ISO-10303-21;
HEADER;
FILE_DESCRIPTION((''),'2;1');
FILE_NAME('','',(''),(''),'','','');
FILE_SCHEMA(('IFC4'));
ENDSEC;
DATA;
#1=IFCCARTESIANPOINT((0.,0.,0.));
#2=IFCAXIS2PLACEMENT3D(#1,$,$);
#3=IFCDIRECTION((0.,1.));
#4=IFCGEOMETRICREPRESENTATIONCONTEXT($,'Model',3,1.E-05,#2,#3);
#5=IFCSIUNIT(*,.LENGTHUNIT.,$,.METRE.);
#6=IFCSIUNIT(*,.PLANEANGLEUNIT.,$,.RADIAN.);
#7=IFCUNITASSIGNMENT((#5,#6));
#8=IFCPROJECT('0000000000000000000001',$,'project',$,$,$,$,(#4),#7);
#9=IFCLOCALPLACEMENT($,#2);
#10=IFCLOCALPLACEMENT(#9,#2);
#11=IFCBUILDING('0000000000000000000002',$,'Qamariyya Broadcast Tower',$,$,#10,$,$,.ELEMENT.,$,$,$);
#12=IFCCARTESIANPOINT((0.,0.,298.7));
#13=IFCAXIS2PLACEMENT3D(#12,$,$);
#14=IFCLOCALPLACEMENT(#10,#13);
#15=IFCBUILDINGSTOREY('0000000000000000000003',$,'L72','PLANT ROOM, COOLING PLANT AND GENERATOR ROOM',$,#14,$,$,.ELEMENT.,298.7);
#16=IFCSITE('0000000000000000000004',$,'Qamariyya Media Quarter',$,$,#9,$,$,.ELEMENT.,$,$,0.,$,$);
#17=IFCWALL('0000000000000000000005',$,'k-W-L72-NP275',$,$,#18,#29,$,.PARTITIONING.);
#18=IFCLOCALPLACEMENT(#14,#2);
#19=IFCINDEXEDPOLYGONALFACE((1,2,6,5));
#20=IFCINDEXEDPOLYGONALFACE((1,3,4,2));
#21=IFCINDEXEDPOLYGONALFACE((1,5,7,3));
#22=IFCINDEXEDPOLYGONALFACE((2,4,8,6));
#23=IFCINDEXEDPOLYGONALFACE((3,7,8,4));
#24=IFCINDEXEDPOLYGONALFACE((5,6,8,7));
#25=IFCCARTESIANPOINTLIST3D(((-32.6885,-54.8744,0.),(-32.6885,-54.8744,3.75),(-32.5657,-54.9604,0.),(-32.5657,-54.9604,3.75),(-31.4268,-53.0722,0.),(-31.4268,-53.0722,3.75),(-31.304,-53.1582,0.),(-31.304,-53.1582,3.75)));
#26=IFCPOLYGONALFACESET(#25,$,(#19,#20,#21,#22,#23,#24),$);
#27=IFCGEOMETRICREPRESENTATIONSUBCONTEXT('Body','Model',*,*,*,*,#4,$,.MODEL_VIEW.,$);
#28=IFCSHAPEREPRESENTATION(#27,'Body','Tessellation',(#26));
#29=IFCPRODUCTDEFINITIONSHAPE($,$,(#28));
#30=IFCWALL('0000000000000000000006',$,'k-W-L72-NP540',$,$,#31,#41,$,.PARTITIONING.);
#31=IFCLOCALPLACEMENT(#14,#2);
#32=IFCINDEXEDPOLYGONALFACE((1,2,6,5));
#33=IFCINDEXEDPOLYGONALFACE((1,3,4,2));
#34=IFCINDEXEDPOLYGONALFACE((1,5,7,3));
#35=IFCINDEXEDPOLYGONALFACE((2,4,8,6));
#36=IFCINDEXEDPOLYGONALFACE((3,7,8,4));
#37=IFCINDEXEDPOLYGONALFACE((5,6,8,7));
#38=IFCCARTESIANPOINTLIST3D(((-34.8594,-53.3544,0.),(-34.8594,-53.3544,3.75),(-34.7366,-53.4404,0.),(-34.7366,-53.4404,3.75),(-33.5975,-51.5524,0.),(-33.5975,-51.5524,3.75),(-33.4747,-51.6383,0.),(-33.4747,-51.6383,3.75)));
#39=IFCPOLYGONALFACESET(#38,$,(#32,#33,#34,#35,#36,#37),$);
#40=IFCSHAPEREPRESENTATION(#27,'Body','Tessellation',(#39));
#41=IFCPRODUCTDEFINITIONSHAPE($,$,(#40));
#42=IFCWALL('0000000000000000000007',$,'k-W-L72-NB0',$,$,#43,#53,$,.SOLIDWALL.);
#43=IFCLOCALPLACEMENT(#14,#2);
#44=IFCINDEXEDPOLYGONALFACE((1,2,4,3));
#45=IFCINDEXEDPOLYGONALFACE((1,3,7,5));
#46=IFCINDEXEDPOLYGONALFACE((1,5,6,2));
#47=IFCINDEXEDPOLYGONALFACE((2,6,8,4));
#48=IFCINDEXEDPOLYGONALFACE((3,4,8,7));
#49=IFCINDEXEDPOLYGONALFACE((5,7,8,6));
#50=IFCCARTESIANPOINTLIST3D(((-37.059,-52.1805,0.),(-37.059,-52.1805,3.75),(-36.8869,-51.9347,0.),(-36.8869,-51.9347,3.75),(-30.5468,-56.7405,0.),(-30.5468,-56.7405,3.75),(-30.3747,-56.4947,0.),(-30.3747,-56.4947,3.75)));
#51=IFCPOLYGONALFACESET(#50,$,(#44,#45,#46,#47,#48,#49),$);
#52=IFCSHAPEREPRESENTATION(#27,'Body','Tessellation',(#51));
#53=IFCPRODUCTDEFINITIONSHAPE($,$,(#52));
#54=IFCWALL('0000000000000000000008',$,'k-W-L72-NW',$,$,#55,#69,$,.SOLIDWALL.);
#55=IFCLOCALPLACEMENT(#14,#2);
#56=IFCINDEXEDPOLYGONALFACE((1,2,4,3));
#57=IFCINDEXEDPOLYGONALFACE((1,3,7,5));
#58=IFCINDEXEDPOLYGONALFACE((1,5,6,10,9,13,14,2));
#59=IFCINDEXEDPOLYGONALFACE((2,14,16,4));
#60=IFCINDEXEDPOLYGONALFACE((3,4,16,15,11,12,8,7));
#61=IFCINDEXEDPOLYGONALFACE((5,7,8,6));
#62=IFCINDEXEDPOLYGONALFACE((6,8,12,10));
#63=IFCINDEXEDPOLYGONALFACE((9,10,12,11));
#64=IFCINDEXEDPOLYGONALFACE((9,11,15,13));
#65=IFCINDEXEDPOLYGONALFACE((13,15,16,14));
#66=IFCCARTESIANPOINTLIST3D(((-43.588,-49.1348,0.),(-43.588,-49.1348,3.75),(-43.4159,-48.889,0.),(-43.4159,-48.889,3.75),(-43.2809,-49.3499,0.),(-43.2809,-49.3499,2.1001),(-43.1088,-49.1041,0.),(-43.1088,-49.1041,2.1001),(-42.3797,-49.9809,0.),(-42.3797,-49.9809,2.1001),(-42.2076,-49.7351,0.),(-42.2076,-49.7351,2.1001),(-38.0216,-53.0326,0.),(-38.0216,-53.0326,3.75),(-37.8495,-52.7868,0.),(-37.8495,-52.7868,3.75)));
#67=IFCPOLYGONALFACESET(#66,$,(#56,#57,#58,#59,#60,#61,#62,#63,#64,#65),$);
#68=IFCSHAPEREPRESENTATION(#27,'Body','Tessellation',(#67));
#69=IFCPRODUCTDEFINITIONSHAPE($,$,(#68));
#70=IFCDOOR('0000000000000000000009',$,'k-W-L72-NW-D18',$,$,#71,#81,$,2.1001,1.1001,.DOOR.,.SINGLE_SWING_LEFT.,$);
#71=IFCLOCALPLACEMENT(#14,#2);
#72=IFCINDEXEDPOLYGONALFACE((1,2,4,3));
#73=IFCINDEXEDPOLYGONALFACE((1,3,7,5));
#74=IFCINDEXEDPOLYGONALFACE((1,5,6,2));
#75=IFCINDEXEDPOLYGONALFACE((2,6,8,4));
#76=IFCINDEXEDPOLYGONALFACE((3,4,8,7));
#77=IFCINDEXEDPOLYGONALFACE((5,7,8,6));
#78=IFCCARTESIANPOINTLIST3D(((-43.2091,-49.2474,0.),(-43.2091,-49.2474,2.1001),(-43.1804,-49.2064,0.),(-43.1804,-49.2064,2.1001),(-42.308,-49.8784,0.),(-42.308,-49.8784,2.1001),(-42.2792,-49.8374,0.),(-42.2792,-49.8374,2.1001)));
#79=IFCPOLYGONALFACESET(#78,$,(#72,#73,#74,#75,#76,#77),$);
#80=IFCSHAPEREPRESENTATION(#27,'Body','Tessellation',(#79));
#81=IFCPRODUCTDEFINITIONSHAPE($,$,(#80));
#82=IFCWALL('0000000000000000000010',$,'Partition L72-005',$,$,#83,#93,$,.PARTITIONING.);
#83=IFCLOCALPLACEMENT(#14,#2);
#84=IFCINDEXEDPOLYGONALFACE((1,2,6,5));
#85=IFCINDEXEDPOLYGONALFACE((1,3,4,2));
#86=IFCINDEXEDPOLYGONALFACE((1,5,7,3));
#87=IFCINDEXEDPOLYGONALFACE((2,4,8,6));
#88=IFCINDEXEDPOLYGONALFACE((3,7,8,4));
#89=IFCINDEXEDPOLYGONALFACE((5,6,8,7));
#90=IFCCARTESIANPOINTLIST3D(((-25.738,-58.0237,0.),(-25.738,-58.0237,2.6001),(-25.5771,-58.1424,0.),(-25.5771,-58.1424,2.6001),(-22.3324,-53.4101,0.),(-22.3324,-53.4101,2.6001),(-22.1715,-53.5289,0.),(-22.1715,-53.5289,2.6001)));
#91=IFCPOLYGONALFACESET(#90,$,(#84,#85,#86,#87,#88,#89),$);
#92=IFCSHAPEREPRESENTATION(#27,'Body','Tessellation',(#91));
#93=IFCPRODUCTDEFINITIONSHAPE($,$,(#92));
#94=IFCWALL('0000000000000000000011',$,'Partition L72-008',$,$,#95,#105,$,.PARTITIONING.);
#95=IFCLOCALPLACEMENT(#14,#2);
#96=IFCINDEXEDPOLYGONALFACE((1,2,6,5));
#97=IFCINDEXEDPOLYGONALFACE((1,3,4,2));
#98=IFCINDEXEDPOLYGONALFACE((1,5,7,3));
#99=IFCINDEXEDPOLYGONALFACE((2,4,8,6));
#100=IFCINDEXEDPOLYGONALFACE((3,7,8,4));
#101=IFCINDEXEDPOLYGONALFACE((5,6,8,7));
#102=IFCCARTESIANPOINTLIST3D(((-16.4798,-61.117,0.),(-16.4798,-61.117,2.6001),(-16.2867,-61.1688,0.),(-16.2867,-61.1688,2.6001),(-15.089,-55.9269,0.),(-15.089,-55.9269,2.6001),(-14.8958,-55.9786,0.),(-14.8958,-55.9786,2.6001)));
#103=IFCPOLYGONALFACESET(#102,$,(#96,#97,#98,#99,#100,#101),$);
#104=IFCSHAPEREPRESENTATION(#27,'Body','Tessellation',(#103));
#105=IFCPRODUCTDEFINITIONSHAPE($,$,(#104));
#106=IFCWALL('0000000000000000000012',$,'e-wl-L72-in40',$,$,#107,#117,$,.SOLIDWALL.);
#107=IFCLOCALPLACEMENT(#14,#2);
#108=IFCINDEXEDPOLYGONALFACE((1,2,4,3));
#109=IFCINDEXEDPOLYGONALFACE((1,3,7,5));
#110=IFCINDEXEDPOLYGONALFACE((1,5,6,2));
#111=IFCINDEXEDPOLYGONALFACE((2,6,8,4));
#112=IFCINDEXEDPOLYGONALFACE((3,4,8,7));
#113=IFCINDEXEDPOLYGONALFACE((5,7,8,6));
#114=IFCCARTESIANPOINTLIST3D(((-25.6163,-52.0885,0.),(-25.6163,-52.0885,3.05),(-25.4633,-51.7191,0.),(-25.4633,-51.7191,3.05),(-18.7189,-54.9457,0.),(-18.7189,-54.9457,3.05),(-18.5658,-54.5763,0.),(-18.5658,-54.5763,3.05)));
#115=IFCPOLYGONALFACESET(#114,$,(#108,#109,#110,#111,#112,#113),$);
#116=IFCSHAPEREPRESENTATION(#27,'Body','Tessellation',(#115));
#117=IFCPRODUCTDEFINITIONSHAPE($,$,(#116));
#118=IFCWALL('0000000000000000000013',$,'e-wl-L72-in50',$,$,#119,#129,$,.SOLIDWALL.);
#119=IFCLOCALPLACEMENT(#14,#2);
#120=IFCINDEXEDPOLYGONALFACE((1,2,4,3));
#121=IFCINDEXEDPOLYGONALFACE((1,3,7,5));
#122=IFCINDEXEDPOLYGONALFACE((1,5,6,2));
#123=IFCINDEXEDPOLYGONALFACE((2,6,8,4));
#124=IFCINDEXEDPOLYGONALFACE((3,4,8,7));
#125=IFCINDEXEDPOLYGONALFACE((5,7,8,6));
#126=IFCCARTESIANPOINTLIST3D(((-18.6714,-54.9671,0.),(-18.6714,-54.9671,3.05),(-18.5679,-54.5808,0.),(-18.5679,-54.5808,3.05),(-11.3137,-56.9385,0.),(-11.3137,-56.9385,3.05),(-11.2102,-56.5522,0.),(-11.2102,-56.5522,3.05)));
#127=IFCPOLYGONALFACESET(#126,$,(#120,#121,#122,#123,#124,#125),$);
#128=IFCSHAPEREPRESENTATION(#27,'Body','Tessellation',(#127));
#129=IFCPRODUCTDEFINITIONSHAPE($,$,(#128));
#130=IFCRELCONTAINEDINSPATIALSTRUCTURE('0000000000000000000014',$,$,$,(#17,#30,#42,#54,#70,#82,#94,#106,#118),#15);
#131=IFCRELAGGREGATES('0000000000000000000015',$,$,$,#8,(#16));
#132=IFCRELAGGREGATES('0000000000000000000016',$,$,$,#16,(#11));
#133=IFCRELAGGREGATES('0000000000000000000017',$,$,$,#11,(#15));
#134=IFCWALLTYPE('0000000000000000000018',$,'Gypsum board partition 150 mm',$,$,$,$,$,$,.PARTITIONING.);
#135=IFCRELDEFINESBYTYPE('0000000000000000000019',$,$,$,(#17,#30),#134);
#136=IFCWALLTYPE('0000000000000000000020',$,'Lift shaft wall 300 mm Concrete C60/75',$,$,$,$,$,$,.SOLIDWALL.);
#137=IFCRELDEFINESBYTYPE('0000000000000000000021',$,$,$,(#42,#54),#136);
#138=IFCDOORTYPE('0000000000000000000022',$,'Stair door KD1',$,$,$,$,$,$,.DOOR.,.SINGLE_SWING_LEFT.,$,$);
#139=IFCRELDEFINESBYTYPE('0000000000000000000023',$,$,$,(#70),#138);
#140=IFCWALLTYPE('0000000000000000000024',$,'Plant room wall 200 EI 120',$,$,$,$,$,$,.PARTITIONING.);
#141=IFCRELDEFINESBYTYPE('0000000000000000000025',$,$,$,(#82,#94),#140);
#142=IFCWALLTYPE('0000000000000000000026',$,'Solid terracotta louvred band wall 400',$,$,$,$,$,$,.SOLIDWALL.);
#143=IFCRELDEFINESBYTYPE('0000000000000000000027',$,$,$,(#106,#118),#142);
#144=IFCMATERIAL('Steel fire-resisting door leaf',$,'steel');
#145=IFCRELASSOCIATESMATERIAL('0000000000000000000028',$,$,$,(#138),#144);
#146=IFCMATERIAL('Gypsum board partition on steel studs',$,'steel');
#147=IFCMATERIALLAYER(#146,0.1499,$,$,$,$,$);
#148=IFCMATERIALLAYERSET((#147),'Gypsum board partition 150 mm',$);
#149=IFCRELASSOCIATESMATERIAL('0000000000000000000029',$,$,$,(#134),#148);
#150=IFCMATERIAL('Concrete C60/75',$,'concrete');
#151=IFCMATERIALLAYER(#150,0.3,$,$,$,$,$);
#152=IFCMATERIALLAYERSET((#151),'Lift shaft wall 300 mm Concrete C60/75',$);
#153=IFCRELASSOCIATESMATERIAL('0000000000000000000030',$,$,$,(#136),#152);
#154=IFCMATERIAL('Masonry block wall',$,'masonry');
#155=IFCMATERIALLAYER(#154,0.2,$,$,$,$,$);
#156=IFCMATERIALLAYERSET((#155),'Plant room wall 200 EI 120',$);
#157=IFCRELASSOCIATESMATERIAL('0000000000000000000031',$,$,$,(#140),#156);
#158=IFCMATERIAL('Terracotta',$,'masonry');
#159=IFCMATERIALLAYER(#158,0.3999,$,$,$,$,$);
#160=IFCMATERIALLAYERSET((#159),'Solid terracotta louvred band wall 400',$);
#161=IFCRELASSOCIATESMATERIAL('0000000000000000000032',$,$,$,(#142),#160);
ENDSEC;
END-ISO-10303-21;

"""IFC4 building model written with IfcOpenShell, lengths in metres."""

from ifc_helpers import new_model, si_unit, direction, frame, frame_2d, origin, place, context, subcontext, project, spatial, rectangle, extrude, material, layer, layer_set, type_object, element, fill, save


model = new_model("IFC4")

# Units and contexts
model_context = context("Model", 3, precision=1e-05, world=origin(), true_north=direction((0.0, 1.0)))
body_context = subcontext(model_context, "Body", "Model", "MODEL_VIEW")
ifc_project = project(units=[si_unit("LENGTHUNIT", "METRE"), si_unit("PLANEANGLEUNIT", "RADIAN")], contexts=[model_context])

# Site, building, storey
site_placement = place(None, origin())
site = spatial("IfcSite", under=ifc_project, at=site_placement, Name="Qamariyya Media Quarter", CompositionType="ELEMENT", RefElevation=0.0)
building_placement = place(site_placement, origin())
building = spatial("IfcBuilding", under=site, at=building_placement, Name="Qamariyya Broadcast Tower", CompositionType="ELEMENT")
storey_placement = place(building_placement, frame((0.0, 0.0, 298.7)))
storey = spatial("IfcBuildingStorey", under=building, at=storey_placement, Name="L72", Description="PLANT ROOM, COOLING PLANT AND GENERATOR ROOM", CompositionType="ELEMENT", Elevation=298.7)

# Shared definitions
ifc_material_1 = material(Name="Concrete C60/75", Category="concrete")
ifc_material_2 = material(Name="Steel fire-resisting door leaf", Category="steel")
door_type_1 = type_object("IfcDoorType", Name="Stair door KD1", OperationType="SINGLE_SWING_LEFT", PredefinedType="DOOR", material=ifc_material_2)

# Walls
ifc_material_3 = material(Name="Gypsum board partition on steel studs", Category="steel")
ifc_layer_1 = layer(ifc_material_3, 0.1499)
ifc_layer_set_1 = layer_set([ifc_layer_1], Name="Gypsum board partition 150 mm")
wall_type_1 = type_object("IfcWallType", Name="Gypsum board partition 150 mm", PredefinedType="PARTITIONING", material=ifc_layer_set_1)
for number, where, z_axis, x_axis, name in (
    (1, (-32.6272, -54.9175, 0.0), (0.0, 0.0, 1.0), (0.573507, 0.819201, 0.0), "k-W-L72-NP275"),
    (2, (-34.7981, -53.3975, 0.0), (0.0, 0.0, 1.0), (0.573634, 0.819112, 0.0), "k-W-L72-NP540"),
):
    element("IfcWall", number, at=place(storey_placement, frame(where, z_axis=z_axis, x_axis=x_axis)), inside=storey, type_object=wall_type_1, Name=name, PredefinedType="PARTITIONING", context=body_context, shape_type="SweptSolid", body=[
        extrude(rectangle(XDim=2.2, YDim=0.1499, at=frame_2d((1.1001, 0.0))), origin(), (0.0, 0.0, 1.0), 3.75),
    ])
ifc_layer_2 = layer(ifc_material_1, 0.3)
ifc_layer_set_2 = layer_set([ifc_layer_2], Name="Lift shaft wall 300 mm Concrete C60/75")
wall_type_2 = type_object("IfcWallType", Name="Lift shaft wall 300 mm Concrete C60/75", PredefinedType="SOLIDWALL", material=ifc_layer_set_2)
wall_1_placement = place(storey_placement, frame((-30.4607, -56.6177, 0.0), z_axis=(0.0, 0.0, 1.0), x_axis=(-0.819142, 0.57359, 0.0)))
element("IfcWall", 3, at=wall_1_placement, inside=storey, type_object=wall_type_2, Name="k-W-L72-NB0", PredefinedType="SOLIDWALL", context=body_context, shape_type="SweptSolid", body=[
    extrude(rectangle(XDim=7.95, YDim=0.3, at=frame_2d((3.9751, 0.0))), origin(), (0.0, 0.0, 1.0), 3.75),
])

# Wall, opening, door
wall_2_placement = place(storey_placement, frame((-37.9355, -52.9097, 0.0), z_axis=(0.0, 0.0, 1.0), x_axis=(-0.819148, 0.573583, 0.0)))
wall_2 = element("IfcWall", 4, at=wall_2_placement, inside=storey, type_object=wall_type_2, Name="k-W-L72-NW", PredefinedType="SOLIDWALL", context=body_context, shape_type="SweptSolid", body=[
    extrude(rectangle(XDim=6.7954, YDim=0.3, at=frame_2d((3.3977, 0.0))), origin(), (0.0, 0.0, 1.0), 3.75),
])
opening_1_placement = place(wall_2_placement, frame((5.3203, 0.0, 0.0)))
opening_1 = element("IfcOpeningElement", 5, at=opening_1_placement, cuts=wall_2, PredefinedType="OPENING", context=body_context, shape_type="SweptSolid", body=[
    extrude(rectangle(XDim=1.1001, YDim=2.1001, at=frame_2d((0.55, 1.05))), frame((0.0, 0.1599, 0.0), z_axis=(0.0, -1.0, 0.0), x_axis=(1.0, 0.0, 0.0)), (0.0, 0.0, 1.0), 0.3201),
])
door_1_placement = place(opening_1_placement, origin())
door_1 = element("IfcDoor", 6, at=door_1_placement, inside=storey, type_object=door_type_1, Name="k-W-L72-NW-D18", OperationType="SINGLE_SWING_LEFT", OverallHeight=2.1001, OverallWidth=1.1001, PredefinedType="DOOR", context=body_context, shape_type="SweptSolid", body=[
    extrude(rectangle(XDim=1.1001, YDim=2.1001, at=frame_2d((0.55, 1.05))), frame((0.0, 0.0249, 0.0), z_axis=(0.0, -1.0, 0.0), x_axis=(1.0, 0.0, 0.0)), (0.0, 0.0, 1.0), 0.05),
])
fill(opening_1, door_1)

# Walls
ifc_material_4 = material(Name="Masonry block wall", Category="masonry")
ifc_layer_3 = layer(ifc_material_4, 0.2)
ifc_layer_set_3 = layer_set([ifc_layer_3], Name="Plant room wall 200 EI 120")
wall_type_3 = type_object("IfcWallType", Name="Plant room wall 200 EI 120", PredefinedType="PARTITIONING", material=ifc_layer_set_3)
wall_3_placement = place(storey_placement, frame((-22.252, -53.4695, 0.0), z_axis=(0.0, 0.0, 1.0), x_axis=(-0.593886, -0.804549, 0.0)))
element("IfcWall", 7, at=wall_3_placement, inside=storey, type_object=wall_type_3, Name="Partition L72-005", PredefinedType="PARTITIONING", context=body_context, shape_type="SweptSolid", body=[
    extrude(rectangle(XDim=5.7344, YDim=0.2, at=frame_2d((2.8672, 0.0))), origin(), (0.0, 0.0, 1.0), 2.6001),
])
wall_4_placement = place(storey_placement, frame((-14.9924, -55.9529, 0.0), z_axis=(0.0, 0.0, 1.0), x_axis=(-0.258847, -0.965918, 0.0)))
element("IfcWall", 8, at=wall_4_placement, inside=storey, type_object=wall_type_3, Name="Partition L72-008", PredefinedType="PARTITIONING", context=body_context, shape_type="SweptSolid", body=[
    extrude(rectangle(XDim=5.3733, YDim=0.2, at=frame_2d((2.6865, 0.0))), origin(), (0.0, 0.0, 1.0), 2.6001),
])
ifc_material_5 = material(Name="Terracotta", Category="masonry")
ifc_layer_4 = layer(ifc_material_5, 0.3999)
ifc_layer_set_4 = layer_set([ifc_layer_4], Name="Solid terracotta louvred band wall 400")
wall_type_4 = type_object("IfcWallType", Name="Solid terracotta louvred band wall 400", PredefinedType="SOLIDWALL", material=ifc_layer_set_4)
wall_5_placement = place(storey_placement, frame((-18.6423, -54.761, 0.0), z_axis=(0.0, 0.0, 1.0), x_axis=(-0.923872, 0.382701, 0.0)))
element("IfcWall", 9, at=wall_5_placement, inside=storey, type_object=wall_type_4, Name="e-wl-L72-in40", PredefinedType="SOLIDWALL", context=body_context, shape_type="SweptSolid", body=[
    extrude(rectangle(XDim=7.4658, YDim=0.3999, at=frame_2d((3.7329, 0.0))), origin(), (0.0, 0.0, 1.0), 3.05),
])
wall_6_placement = place(storey_placement, frame((-11.262, -56.7454, 0.0), z_axis=(0.0, 0.0, 1.0), x_axis=(-0.965927, 0.258814, 0.0)))
element("IfcWall", 10, at=wall_6_placement, inside=storey, type_object=wall_type_4, Name="e-wl-L72-in50", PredefinedType="SOLIDWALL", context=body_context, shape_type="SweptSolid", body=[
    extrude(rectangle(XDim=7.6172, YDim=0.3999, at=frame_2d((3.8086, 0.0))), origin(), (0.0, 0.0, 1.0), 3.05),
])

save(model, "model.ifc")
